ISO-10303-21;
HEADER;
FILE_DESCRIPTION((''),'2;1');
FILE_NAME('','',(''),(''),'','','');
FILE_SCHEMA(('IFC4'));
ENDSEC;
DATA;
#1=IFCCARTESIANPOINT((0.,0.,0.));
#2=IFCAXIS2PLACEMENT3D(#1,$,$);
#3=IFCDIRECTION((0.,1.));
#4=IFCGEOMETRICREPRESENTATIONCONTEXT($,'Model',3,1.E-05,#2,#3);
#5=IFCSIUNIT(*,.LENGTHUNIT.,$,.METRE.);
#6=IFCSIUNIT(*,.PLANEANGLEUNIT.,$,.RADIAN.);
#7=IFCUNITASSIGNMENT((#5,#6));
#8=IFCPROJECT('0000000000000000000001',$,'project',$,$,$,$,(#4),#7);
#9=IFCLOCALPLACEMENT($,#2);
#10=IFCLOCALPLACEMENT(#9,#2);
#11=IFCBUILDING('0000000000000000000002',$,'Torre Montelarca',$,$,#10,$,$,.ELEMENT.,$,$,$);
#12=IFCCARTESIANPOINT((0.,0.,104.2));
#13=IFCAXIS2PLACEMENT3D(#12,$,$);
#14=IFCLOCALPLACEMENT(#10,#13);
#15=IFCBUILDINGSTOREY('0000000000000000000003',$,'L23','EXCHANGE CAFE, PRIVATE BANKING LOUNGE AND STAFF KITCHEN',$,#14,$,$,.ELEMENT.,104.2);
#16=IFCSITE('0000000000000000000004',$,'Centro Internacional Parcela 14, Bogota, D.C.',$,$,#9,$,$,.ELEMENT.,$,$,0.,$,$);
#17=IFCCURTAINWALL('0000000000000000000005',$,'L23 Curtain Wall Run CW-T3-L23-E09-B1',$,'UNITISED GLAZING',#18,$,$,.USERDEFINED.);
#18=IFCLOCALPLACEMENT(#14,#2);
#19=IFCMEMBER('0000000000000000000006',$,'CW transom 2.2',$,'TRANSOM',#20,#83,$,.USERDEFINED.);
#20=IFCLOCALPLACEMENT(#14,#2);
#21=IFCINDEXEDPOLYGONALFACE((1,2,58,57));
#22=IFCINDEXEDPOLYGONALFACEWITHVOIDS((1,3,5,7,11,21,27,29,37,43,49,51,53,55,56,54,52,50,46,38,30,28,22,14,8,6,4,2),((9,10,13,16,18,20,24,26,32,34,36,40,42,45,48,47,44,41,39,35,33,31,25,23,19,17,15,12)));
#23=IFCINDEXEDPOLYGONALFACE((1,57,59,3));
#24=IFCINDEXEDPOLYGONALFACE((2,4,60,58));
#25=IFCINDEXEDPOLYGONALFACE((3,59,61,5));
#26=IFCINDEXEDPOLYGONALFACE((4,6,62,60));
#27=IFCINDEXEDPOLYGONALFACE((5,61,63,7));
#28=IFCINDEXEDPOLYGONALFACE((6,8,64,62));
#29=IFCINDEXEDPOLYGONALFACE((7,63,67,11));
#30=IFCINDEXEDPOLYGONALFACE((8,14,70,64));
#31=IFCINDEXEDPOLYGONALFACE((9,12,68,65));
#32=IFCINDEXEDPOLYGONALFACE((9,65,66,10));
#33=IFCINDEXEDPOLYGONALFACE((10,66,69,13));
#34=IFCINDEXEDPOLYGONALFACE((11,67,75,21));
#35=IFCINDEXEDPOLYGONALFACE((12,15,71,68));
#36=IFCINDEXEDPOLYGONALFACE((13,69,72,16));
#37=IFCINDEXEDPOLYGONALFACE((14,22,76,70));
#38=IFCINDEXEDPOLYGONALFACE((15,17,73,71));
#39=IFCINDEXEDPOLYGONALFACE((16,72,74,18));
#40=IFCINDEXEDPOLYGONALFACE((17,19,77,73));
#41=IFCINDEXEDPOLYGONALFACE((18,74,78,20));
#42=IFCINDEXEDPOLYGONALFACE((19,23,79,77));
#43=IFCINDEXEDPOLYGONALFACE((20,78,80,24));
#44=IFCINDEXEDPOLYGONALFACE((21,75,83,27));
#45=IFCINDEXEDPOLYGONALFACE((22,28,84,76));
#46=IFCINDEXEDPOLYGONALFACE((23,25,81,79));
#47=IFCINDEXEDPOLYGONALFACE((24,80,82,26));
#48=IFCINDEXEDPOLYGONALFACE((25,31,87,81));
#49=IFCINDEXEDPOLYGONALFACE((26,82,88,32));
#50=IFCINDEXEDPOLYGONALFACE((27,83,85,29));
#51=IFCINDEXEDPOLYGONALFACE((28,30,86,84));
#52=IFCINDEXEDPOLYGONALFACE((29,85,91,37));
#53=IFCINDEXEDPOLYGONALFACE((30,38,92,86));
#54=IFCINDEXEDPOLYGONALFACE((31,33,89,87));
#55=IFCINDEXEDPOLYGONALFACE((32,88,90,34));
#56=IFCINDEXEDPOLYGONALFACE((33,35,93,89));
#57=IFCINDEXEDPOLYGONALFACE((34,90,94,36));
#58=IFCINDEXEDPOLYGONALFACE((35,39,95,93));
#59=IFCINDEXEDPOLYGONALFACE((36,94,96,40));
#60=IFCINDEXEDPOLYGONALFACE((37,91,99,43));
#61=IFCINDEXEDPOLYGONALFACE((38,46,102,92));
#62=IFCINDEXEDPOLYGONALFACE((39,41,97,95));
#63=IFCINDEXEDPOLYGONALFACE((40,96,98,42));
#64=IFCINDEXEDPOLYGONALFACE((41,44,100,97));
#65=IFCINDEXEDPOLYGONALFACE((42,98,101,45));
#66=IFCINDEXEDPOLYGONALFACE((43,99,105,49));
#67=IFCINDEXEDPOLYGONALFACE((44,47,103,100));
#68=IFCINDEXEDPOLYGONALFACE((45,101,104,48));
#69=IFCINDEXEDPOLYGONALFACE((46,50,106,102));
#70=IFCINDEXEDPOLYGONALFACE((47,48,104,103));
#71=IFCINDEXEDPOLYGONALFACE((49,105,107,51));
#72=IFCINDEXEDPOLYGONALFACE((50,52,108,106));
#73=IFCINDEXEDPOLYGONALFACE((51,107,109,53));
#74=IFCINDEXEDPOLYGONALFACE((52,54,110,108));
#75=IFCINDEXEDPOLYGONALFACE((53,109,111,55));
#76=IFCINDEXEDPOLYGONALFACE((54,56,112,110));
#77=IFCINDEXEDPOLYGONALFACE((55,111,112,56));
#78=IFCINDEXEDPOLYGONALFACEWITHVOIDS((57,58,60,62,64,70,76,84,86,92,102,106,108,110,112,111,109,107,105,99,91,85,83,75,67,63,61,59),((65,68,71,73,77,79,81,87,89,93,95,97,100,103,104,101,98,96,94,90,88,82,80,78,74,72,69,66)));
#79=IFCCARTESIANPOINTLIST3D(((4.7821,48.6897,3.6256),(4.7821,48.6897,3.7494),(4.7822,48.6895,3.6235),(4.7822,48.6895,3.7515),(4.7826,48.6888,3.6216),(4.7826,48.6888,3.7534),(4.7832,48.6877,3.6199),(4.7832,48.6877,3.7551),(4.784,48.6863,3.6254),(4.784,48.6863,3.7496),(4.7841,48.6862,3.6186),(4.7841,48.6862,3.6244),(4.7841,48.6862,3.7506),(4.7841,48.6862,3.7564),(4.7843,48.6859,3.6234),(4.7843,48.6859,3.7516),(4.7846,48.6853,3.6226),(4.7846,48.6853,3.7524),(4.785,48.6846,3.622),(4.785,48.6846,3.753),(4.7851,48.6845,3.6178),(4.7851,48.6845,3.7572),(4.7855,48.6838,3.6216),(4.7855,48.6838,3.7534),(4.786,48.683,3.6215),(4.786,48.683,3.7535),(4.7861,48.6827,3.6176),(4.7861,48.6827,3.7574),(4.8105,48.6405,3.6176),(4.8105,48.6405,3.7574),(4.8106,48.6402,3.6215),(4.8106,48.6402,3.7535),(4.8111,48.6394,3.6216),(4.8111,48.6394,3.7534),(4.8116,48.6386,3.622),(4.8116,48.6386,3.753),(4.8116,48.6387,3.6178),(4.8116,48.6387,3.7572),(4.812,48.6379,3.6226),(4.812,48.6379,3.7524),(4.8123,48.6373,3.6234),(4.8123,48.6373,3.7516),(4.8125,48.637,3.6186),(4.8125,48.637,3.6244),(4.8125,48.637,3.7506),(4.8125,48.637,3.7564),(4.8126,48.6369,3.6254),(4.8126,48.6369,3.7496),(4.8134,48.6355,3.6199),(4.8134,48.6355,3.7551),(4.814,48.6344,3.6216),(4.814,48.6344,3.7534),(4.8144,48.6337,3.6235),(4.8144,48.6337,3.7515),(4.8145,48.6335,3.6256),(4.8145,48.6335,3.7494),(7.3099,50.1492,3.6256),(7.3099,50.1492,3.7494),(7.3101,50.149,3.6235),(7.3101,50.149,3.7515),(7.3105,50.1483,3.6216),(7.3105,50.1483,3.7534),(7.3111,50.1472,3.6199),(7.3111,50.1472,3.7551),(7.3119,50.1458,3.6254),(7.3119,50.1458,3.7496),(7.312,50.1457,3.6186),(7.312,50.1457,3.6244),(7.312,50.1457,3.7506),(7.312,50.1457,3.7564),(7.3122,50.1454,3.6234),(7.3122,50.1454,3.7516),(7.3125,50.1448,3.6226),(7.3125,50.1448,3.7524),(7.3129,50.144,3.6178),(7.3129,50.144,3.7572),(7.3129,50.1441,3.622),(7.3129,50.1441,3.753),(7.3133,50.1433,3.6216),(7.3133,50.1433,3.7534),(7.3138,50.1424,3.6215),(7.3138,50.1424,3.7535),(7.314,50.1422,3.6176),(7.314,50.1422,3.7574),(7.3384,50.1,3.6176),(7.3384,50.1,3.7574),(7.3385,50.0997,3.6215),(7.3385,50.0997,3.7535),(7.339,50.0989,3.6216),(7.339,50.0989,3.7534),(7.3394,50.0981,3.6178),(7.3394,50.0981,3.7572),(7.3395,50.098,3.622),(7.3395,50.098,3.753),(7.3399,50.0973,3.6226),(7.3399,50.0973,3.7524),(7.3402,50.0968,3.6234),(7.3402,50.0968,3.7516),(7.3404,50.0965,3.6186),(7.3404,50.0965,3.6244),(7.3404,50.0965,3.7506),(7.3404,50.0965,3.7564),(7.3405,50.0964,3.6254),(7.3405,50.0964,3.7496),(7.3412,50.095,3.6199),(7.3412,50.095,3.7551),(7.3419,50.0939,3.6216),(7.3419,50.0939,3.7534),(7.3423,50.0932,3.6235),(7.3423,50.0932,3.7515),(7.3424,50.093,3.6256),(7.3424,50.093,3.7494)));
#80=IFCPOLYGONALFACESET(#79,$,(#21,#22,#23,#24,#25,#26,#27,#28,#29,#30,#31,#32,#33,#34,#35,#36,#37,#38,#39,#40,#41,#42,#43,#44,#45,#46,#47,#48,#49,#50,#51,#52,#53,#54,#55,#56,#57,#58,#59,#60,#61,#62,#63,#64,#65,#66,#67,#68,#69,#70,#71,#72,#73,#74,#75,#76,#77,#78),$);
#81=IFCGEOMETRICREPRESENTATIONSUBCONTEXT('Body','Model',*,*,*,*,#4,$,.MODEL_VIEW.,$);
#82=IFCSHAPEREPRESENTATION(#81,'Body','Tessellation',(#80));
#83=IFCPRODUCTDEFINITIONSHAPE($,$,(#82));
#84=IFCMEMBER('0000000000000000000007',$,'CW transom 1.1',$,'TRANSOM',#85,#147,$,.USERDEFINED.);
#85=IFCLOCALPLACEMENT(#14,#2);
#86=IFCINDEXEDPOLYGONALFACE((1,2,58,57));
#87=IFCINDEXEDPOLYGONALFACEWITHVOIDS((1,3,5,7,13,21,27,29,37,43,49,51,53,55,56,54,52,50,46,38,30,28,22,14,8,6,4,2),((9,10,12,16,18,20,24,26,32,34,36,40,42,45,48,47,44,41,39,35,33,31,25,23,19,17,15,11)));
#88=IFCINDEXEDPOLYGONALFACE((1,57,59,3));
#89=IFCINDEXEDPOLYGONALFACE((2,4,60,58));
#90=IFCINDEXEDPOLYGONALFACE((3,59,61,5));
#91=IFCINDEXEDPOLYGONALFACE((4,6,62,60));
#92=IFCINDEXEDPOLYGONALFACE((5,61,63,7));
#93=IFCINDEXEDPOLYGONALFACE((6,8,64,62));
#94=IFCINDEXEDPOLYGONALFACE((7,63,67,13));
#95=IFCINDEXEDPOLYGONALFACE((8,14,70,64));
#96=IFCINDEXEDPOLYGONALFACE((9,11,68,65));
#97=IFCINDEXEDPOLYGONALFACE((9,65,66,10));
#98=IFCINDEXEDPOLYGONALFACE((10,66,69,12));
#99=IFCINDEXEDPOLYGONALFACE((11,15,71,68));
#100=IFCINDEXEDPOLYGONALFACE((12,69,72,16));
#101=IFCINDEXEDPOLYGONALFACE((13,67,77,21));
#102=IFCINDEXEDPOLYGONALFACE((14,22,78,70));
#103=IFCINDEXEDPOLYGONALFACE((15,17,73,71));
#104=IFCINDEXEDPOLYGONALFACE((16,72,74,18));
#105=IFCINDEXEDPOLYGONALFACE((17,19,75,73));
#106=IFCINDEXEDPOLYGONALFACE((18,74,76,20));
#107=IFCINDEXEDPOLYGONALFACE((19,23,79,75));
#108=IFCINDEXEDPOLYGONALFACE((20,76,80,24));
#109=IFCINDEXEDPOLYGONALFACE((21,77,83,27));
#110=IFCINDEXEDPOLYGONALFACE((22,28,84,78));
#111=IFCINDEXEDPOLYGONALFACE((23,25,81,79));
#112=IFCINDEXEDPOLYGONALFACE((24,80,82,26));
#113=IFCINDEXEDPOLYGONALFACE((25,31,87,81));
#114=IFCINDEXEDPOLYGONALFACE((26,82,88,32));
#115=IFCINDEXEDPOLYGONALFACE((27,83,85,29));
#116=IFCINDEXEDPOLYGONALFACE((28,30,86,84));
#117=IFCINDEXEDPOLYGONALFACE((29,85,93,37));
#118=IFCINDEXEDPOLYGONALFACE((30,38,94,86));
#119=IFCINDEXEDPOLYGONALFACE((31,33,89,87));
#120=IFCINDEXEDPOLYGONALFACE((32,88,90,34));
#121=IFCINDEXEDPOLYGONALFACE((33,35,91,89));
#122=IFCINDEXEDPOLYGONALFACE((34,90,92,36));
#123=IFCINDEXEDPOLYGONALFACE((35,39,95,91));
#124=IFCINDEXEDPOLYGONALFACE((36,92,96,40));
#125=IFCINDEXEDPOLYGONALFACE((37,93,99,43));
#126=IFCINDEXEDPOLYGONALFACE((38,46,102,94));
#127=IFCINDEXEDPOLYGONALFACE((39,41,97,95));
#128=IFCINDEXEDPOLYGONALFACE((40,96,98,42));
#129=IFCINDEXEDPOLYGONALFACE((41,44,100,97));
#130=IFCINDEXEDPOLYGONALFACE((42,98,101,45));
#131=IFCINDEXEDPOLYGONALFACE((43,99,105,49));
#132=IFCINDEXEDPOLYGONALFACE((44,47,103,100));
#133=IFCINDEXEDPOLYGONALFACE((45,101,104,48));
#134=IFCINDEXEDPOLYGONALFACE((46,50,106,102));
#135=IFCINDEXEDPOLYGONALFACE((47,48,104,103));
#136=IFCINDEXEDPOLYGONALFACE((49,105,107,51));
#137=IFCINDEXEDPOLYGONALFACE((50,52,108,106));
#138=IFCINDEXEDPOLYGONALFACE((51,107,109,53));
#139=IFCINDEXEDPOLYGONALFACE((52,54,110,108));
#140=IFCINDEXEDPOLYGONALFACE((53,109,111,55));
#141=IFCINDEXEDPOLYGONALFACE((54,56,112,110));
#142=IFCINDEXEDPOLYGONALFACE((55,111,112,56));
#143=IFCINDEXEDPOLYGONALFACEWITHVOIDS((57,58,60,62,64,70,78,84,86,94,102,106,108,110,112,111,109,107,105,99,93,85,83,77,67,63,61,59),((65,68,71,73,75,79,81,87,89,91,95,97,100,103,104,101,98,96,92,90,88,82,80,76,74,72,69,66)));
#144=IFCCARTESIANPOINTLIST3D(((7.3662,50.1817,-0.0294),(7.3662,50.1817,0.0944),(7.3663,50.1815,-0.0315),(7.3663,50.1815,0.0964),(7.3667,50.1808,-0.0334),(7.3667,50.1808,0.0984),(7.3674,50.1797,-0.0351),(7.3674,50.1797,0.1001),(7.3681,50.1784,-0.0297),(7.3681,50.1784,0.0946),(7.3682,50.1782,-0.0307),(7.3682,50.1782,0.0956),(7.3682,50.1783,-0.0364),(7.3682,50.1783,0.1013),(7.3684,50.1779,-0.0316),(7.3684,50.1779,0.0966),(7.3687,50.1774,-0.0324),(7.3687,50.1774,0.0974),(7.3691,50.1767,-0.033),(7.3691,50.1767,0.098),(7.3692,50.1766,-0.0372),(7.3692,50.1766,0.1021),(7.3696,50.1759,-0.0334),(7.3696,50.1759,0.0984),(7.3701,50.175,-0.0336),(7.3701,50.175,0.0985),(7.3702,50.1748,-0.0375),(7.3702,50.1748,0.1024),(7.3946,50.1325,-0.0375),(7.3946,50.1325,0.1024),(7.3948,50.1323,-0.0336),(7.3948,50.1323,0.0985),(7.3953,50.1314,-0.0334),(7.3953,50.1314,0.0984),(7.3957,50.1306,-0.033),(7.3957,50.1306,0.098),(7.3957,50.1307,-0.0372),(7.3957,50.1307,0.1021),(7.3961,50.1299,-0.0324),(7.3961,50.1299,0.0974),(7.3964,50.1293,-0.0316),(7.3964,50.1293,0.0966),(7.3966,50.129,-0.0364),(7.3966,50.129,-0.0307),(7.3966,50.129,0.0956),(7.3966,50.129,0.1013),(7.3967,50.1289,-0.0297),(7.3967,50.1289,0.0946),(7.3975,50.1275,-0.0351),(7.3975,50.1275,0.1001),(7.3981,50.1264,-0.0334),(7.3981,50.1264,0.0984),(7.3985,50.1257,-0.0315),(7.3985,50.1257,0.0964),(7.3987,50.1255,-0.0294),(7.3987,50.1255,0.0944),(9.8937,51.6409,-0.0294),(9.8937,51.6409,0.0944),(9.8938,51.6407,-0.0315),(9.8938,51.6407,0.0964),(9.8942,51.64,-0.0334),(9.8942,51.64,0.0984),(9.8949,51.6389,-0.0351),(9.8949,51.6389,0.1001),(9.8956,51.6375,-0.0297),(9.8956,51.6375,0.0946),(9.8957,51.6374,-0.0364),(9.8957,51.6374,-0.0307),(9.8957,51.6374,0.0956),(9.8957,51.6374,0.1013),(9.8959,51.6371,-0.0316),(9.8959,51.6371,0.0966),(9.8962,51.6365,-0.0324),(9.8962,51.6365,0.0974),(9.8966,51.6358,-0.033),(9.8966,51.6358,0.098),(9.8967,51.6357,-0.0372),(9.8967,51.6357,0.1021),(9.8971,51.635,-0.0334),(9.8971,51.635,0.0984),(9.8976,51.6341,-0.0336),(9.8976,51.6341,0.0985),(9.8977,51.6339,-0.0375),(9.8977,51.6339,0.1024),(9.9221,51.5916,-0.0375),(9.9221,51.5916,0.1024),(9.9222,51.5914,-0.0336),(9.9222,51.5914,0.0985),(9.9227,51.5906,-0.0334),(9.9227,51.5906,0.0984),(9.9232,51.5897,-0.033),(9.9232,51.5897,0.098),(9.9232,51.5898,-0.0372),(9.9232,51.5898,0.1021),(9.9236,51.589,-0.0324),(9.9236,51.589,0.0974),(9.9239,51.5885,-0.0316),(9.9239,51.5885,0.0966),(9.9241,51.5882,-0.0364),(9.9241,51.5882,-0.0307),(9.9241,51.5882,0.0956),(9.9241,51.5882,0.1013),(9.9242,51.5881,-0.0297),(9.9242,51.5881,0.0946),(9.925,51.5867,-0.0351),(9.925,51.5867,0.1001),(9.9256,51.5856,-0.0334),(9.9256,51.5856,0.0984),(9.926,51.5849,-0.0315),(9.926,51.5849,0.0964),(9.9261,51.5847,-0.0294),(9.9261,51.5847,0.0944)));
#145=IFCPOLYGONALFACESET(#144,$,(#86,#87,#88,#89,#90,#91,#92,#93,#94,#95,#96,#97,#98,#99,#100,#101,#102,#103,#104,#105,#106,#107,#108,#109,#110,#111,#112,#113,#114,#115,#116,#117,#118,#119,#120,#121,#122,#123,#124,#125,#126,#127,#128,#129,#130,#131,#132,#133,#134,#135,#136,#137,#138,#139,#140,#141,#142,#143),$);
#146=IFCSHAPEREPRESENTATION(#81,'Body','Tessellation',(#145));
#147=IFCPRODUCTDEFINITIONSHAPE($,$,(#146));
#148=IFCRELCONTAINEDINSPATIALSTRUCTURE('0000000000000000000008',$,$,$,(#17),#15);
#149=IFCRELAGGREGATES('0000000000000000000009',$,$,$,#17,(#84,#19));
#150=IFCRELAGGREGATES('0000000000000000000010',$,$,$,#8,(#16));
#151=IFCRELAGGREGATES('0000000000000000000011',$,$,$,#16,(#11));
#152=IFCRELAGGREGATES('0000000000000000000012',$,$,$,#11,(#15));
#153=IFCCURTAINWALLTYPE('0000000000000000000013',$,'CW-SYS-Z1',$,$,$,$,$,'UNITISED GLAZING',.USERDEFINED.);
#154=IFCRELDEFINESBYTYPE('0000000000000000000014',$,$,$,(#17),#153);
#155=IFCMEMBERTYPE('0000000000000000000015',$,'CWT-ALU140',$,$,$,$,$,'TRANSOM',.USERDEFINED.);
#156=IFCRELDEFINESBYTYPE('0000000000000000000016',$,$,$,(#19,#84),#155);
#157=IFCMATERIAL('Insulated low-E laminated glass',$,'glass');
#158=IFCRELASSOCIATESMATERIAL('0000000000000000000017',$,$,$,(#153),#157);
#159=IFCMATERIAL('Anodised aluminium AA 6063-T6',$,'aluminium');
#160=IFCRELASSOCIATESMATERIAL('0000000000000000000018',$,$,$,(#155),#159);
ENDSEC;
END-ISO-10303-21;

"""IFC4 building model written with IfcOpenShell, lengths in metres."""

from ifc_helpers import new_model, si_unit, direction, frame, origin, origin_2d, place, context, subcontext, project, spatial, hollow_rectangle, extrude, source, transform, mapped, material, material_profile, profile_set, type_object, element, aggregate, save


model = new_model("IFC4")

# Units and contexts
model_context = context("Model", 3, precision=1e-05, world=origin(), true_north=direction((0.0, 1.0)))
body_context = subcontext(model_context, "Body", "Model", "MODEL_VIEW")
ifc_project = project(units=[si_unit("LENGTHUNIT", "METRE"), si_unit("PLANEANGLEUNIT", "RADIAN")], contexts=[model_context])

# Site, building, storey
site_placement = place(None, origin())
site = spatial("IfcSite", under=ifc_project, at=site_placement, Name="Centro Internacional Parcela 14, Bogota, D.C.", CompositionType="ELEMENT", RefElevation=0.0)
building_placement = place(site_placement, origin())
building = spatial("IfcBuilding", under=site, at=building_placement, Name="Torre Montelarca", CompositionType="ELEMENT")
storey_placement = place(building_placement, frame((0.0, 0.0, 104.2)))
storey = spatial("IfcBuildingStorey", under=building, at=storey_placement, Name="L23", Description="EXCHANGE CAFE, PRIVATE BANKING LOUNGE AND STAFF KITCHEN", CompositionType="ELEMENT", Elevation=104.2)

# Curtain wall, members
ifc_material_1 = material(Name="Insulated low-E laminated glass", Category="glass")
curtain_wall_type = type_object("IfcCurtainWallType", Name="CW-SYS-Z1", ElementType="UNITISED GLAZING", PredefinedType="USERDEFINED", material=ifc_material_1)
curtain_wall_1_placement = place(storey_placement, origin())
curtain_wall_1 = element("IfcCurtainWall", 1, at=curtain_wall_1_placement, inside=storey, type_object=curtain_wall_type, Name="L23 Curtain Wall Run CW-T3-L23-E09-B1", ObjectType="UNITISED GLAZING", PredefinedType="USERDEFINED")
ifc_material_2 = material(Name="Anodised aluminium AA 6063-T6", Category="aluminium")
ifc_material_profile_1 = material_profile(ifc_material_2, hollow_rectangle(XDim=0.0649, YDim=0.1399, WallThickness=0.0039, InnerFilletRadius=0.0039, OuterFilletRadius=0.0081, at=origin_2d()), Name="ALU65X140X4", Category="aluminium")
ifc_profile_set_1 = profile_set([ifc_material_profile_1], Name="Anodised aluminium AA 6063-T6")
member_type_1 = type_object("IfcMemberType", Name="CWT-ALU140", ElementType="TRANSOM", PredefinedType="USERDEFINED", material=ifc_profile_set_1)
shared_shape_1 = source(origin(), body_context, "Body", "SweptSolid", [
    extrude(hollow_rectangle(XDim=0.0649, YDim=0.1399, WallThickness=0.0039, InnerFilletRadius=0.0039, OuterFilletRadius=0.0081, at=origin_2d()), origin(), (0.0, 0.0, 1.0), 2.9189),
])
member_1_placement = place(storey_placement, frame((7.3262, 50.1211, 3.6875), z_axis=(-0.866021, -0.500007, 0.0), x_axis=(0.500007, -0.866021, 0.0)))
member_1 = element("IfcMember", 2, at=member_1_placement, type_object=member_type_1, Name="CW transom 2.2", ObjectType="TRANSOM", PredefinedType="USERDEFINED", context=body_context, shape_type="MappedRepresentation", body=[
    mapped(shared_shape_1, transform((0.0, 0.0, 0.0), scale=1.0)),
])
shared_shape_2 = source(origin(), body_context, "Body", "SweptSolid", [
    extrude(hollow_rectangle(XDim=0.0649, YDim=0.1399, WallThickness=0.0039, InnerFilletRadius=0.0039, OuterFilletRadius=0.0081, at=origin_2d()), origin(), (0.0, 0.0, 1.0), 2.9185),
])
member_2_placement = place(storey_placement, frame((9.9099, 51.6128, 0.0325), z_axis=(-0.866037, -0.499981, 0.0), x_axis=(0.499981, -0.866037, 0.0)))
member_2 = element("IfcMember", 3, at=member_2_placement, type_object=member_type_1, Name="CW transom 1.1", ObjectType="TRANSOM", PredefinedType="USERDEFINED", context=body_context, shape_type="MappedRepresentation", body=[
    mapped(shared_shape_2, transform((0.0, 0.0, 0.0), scale=1.0)),
])

aggregate(curtain_wall_1, [member_2, member_1])

save(model, "model.ifc")
